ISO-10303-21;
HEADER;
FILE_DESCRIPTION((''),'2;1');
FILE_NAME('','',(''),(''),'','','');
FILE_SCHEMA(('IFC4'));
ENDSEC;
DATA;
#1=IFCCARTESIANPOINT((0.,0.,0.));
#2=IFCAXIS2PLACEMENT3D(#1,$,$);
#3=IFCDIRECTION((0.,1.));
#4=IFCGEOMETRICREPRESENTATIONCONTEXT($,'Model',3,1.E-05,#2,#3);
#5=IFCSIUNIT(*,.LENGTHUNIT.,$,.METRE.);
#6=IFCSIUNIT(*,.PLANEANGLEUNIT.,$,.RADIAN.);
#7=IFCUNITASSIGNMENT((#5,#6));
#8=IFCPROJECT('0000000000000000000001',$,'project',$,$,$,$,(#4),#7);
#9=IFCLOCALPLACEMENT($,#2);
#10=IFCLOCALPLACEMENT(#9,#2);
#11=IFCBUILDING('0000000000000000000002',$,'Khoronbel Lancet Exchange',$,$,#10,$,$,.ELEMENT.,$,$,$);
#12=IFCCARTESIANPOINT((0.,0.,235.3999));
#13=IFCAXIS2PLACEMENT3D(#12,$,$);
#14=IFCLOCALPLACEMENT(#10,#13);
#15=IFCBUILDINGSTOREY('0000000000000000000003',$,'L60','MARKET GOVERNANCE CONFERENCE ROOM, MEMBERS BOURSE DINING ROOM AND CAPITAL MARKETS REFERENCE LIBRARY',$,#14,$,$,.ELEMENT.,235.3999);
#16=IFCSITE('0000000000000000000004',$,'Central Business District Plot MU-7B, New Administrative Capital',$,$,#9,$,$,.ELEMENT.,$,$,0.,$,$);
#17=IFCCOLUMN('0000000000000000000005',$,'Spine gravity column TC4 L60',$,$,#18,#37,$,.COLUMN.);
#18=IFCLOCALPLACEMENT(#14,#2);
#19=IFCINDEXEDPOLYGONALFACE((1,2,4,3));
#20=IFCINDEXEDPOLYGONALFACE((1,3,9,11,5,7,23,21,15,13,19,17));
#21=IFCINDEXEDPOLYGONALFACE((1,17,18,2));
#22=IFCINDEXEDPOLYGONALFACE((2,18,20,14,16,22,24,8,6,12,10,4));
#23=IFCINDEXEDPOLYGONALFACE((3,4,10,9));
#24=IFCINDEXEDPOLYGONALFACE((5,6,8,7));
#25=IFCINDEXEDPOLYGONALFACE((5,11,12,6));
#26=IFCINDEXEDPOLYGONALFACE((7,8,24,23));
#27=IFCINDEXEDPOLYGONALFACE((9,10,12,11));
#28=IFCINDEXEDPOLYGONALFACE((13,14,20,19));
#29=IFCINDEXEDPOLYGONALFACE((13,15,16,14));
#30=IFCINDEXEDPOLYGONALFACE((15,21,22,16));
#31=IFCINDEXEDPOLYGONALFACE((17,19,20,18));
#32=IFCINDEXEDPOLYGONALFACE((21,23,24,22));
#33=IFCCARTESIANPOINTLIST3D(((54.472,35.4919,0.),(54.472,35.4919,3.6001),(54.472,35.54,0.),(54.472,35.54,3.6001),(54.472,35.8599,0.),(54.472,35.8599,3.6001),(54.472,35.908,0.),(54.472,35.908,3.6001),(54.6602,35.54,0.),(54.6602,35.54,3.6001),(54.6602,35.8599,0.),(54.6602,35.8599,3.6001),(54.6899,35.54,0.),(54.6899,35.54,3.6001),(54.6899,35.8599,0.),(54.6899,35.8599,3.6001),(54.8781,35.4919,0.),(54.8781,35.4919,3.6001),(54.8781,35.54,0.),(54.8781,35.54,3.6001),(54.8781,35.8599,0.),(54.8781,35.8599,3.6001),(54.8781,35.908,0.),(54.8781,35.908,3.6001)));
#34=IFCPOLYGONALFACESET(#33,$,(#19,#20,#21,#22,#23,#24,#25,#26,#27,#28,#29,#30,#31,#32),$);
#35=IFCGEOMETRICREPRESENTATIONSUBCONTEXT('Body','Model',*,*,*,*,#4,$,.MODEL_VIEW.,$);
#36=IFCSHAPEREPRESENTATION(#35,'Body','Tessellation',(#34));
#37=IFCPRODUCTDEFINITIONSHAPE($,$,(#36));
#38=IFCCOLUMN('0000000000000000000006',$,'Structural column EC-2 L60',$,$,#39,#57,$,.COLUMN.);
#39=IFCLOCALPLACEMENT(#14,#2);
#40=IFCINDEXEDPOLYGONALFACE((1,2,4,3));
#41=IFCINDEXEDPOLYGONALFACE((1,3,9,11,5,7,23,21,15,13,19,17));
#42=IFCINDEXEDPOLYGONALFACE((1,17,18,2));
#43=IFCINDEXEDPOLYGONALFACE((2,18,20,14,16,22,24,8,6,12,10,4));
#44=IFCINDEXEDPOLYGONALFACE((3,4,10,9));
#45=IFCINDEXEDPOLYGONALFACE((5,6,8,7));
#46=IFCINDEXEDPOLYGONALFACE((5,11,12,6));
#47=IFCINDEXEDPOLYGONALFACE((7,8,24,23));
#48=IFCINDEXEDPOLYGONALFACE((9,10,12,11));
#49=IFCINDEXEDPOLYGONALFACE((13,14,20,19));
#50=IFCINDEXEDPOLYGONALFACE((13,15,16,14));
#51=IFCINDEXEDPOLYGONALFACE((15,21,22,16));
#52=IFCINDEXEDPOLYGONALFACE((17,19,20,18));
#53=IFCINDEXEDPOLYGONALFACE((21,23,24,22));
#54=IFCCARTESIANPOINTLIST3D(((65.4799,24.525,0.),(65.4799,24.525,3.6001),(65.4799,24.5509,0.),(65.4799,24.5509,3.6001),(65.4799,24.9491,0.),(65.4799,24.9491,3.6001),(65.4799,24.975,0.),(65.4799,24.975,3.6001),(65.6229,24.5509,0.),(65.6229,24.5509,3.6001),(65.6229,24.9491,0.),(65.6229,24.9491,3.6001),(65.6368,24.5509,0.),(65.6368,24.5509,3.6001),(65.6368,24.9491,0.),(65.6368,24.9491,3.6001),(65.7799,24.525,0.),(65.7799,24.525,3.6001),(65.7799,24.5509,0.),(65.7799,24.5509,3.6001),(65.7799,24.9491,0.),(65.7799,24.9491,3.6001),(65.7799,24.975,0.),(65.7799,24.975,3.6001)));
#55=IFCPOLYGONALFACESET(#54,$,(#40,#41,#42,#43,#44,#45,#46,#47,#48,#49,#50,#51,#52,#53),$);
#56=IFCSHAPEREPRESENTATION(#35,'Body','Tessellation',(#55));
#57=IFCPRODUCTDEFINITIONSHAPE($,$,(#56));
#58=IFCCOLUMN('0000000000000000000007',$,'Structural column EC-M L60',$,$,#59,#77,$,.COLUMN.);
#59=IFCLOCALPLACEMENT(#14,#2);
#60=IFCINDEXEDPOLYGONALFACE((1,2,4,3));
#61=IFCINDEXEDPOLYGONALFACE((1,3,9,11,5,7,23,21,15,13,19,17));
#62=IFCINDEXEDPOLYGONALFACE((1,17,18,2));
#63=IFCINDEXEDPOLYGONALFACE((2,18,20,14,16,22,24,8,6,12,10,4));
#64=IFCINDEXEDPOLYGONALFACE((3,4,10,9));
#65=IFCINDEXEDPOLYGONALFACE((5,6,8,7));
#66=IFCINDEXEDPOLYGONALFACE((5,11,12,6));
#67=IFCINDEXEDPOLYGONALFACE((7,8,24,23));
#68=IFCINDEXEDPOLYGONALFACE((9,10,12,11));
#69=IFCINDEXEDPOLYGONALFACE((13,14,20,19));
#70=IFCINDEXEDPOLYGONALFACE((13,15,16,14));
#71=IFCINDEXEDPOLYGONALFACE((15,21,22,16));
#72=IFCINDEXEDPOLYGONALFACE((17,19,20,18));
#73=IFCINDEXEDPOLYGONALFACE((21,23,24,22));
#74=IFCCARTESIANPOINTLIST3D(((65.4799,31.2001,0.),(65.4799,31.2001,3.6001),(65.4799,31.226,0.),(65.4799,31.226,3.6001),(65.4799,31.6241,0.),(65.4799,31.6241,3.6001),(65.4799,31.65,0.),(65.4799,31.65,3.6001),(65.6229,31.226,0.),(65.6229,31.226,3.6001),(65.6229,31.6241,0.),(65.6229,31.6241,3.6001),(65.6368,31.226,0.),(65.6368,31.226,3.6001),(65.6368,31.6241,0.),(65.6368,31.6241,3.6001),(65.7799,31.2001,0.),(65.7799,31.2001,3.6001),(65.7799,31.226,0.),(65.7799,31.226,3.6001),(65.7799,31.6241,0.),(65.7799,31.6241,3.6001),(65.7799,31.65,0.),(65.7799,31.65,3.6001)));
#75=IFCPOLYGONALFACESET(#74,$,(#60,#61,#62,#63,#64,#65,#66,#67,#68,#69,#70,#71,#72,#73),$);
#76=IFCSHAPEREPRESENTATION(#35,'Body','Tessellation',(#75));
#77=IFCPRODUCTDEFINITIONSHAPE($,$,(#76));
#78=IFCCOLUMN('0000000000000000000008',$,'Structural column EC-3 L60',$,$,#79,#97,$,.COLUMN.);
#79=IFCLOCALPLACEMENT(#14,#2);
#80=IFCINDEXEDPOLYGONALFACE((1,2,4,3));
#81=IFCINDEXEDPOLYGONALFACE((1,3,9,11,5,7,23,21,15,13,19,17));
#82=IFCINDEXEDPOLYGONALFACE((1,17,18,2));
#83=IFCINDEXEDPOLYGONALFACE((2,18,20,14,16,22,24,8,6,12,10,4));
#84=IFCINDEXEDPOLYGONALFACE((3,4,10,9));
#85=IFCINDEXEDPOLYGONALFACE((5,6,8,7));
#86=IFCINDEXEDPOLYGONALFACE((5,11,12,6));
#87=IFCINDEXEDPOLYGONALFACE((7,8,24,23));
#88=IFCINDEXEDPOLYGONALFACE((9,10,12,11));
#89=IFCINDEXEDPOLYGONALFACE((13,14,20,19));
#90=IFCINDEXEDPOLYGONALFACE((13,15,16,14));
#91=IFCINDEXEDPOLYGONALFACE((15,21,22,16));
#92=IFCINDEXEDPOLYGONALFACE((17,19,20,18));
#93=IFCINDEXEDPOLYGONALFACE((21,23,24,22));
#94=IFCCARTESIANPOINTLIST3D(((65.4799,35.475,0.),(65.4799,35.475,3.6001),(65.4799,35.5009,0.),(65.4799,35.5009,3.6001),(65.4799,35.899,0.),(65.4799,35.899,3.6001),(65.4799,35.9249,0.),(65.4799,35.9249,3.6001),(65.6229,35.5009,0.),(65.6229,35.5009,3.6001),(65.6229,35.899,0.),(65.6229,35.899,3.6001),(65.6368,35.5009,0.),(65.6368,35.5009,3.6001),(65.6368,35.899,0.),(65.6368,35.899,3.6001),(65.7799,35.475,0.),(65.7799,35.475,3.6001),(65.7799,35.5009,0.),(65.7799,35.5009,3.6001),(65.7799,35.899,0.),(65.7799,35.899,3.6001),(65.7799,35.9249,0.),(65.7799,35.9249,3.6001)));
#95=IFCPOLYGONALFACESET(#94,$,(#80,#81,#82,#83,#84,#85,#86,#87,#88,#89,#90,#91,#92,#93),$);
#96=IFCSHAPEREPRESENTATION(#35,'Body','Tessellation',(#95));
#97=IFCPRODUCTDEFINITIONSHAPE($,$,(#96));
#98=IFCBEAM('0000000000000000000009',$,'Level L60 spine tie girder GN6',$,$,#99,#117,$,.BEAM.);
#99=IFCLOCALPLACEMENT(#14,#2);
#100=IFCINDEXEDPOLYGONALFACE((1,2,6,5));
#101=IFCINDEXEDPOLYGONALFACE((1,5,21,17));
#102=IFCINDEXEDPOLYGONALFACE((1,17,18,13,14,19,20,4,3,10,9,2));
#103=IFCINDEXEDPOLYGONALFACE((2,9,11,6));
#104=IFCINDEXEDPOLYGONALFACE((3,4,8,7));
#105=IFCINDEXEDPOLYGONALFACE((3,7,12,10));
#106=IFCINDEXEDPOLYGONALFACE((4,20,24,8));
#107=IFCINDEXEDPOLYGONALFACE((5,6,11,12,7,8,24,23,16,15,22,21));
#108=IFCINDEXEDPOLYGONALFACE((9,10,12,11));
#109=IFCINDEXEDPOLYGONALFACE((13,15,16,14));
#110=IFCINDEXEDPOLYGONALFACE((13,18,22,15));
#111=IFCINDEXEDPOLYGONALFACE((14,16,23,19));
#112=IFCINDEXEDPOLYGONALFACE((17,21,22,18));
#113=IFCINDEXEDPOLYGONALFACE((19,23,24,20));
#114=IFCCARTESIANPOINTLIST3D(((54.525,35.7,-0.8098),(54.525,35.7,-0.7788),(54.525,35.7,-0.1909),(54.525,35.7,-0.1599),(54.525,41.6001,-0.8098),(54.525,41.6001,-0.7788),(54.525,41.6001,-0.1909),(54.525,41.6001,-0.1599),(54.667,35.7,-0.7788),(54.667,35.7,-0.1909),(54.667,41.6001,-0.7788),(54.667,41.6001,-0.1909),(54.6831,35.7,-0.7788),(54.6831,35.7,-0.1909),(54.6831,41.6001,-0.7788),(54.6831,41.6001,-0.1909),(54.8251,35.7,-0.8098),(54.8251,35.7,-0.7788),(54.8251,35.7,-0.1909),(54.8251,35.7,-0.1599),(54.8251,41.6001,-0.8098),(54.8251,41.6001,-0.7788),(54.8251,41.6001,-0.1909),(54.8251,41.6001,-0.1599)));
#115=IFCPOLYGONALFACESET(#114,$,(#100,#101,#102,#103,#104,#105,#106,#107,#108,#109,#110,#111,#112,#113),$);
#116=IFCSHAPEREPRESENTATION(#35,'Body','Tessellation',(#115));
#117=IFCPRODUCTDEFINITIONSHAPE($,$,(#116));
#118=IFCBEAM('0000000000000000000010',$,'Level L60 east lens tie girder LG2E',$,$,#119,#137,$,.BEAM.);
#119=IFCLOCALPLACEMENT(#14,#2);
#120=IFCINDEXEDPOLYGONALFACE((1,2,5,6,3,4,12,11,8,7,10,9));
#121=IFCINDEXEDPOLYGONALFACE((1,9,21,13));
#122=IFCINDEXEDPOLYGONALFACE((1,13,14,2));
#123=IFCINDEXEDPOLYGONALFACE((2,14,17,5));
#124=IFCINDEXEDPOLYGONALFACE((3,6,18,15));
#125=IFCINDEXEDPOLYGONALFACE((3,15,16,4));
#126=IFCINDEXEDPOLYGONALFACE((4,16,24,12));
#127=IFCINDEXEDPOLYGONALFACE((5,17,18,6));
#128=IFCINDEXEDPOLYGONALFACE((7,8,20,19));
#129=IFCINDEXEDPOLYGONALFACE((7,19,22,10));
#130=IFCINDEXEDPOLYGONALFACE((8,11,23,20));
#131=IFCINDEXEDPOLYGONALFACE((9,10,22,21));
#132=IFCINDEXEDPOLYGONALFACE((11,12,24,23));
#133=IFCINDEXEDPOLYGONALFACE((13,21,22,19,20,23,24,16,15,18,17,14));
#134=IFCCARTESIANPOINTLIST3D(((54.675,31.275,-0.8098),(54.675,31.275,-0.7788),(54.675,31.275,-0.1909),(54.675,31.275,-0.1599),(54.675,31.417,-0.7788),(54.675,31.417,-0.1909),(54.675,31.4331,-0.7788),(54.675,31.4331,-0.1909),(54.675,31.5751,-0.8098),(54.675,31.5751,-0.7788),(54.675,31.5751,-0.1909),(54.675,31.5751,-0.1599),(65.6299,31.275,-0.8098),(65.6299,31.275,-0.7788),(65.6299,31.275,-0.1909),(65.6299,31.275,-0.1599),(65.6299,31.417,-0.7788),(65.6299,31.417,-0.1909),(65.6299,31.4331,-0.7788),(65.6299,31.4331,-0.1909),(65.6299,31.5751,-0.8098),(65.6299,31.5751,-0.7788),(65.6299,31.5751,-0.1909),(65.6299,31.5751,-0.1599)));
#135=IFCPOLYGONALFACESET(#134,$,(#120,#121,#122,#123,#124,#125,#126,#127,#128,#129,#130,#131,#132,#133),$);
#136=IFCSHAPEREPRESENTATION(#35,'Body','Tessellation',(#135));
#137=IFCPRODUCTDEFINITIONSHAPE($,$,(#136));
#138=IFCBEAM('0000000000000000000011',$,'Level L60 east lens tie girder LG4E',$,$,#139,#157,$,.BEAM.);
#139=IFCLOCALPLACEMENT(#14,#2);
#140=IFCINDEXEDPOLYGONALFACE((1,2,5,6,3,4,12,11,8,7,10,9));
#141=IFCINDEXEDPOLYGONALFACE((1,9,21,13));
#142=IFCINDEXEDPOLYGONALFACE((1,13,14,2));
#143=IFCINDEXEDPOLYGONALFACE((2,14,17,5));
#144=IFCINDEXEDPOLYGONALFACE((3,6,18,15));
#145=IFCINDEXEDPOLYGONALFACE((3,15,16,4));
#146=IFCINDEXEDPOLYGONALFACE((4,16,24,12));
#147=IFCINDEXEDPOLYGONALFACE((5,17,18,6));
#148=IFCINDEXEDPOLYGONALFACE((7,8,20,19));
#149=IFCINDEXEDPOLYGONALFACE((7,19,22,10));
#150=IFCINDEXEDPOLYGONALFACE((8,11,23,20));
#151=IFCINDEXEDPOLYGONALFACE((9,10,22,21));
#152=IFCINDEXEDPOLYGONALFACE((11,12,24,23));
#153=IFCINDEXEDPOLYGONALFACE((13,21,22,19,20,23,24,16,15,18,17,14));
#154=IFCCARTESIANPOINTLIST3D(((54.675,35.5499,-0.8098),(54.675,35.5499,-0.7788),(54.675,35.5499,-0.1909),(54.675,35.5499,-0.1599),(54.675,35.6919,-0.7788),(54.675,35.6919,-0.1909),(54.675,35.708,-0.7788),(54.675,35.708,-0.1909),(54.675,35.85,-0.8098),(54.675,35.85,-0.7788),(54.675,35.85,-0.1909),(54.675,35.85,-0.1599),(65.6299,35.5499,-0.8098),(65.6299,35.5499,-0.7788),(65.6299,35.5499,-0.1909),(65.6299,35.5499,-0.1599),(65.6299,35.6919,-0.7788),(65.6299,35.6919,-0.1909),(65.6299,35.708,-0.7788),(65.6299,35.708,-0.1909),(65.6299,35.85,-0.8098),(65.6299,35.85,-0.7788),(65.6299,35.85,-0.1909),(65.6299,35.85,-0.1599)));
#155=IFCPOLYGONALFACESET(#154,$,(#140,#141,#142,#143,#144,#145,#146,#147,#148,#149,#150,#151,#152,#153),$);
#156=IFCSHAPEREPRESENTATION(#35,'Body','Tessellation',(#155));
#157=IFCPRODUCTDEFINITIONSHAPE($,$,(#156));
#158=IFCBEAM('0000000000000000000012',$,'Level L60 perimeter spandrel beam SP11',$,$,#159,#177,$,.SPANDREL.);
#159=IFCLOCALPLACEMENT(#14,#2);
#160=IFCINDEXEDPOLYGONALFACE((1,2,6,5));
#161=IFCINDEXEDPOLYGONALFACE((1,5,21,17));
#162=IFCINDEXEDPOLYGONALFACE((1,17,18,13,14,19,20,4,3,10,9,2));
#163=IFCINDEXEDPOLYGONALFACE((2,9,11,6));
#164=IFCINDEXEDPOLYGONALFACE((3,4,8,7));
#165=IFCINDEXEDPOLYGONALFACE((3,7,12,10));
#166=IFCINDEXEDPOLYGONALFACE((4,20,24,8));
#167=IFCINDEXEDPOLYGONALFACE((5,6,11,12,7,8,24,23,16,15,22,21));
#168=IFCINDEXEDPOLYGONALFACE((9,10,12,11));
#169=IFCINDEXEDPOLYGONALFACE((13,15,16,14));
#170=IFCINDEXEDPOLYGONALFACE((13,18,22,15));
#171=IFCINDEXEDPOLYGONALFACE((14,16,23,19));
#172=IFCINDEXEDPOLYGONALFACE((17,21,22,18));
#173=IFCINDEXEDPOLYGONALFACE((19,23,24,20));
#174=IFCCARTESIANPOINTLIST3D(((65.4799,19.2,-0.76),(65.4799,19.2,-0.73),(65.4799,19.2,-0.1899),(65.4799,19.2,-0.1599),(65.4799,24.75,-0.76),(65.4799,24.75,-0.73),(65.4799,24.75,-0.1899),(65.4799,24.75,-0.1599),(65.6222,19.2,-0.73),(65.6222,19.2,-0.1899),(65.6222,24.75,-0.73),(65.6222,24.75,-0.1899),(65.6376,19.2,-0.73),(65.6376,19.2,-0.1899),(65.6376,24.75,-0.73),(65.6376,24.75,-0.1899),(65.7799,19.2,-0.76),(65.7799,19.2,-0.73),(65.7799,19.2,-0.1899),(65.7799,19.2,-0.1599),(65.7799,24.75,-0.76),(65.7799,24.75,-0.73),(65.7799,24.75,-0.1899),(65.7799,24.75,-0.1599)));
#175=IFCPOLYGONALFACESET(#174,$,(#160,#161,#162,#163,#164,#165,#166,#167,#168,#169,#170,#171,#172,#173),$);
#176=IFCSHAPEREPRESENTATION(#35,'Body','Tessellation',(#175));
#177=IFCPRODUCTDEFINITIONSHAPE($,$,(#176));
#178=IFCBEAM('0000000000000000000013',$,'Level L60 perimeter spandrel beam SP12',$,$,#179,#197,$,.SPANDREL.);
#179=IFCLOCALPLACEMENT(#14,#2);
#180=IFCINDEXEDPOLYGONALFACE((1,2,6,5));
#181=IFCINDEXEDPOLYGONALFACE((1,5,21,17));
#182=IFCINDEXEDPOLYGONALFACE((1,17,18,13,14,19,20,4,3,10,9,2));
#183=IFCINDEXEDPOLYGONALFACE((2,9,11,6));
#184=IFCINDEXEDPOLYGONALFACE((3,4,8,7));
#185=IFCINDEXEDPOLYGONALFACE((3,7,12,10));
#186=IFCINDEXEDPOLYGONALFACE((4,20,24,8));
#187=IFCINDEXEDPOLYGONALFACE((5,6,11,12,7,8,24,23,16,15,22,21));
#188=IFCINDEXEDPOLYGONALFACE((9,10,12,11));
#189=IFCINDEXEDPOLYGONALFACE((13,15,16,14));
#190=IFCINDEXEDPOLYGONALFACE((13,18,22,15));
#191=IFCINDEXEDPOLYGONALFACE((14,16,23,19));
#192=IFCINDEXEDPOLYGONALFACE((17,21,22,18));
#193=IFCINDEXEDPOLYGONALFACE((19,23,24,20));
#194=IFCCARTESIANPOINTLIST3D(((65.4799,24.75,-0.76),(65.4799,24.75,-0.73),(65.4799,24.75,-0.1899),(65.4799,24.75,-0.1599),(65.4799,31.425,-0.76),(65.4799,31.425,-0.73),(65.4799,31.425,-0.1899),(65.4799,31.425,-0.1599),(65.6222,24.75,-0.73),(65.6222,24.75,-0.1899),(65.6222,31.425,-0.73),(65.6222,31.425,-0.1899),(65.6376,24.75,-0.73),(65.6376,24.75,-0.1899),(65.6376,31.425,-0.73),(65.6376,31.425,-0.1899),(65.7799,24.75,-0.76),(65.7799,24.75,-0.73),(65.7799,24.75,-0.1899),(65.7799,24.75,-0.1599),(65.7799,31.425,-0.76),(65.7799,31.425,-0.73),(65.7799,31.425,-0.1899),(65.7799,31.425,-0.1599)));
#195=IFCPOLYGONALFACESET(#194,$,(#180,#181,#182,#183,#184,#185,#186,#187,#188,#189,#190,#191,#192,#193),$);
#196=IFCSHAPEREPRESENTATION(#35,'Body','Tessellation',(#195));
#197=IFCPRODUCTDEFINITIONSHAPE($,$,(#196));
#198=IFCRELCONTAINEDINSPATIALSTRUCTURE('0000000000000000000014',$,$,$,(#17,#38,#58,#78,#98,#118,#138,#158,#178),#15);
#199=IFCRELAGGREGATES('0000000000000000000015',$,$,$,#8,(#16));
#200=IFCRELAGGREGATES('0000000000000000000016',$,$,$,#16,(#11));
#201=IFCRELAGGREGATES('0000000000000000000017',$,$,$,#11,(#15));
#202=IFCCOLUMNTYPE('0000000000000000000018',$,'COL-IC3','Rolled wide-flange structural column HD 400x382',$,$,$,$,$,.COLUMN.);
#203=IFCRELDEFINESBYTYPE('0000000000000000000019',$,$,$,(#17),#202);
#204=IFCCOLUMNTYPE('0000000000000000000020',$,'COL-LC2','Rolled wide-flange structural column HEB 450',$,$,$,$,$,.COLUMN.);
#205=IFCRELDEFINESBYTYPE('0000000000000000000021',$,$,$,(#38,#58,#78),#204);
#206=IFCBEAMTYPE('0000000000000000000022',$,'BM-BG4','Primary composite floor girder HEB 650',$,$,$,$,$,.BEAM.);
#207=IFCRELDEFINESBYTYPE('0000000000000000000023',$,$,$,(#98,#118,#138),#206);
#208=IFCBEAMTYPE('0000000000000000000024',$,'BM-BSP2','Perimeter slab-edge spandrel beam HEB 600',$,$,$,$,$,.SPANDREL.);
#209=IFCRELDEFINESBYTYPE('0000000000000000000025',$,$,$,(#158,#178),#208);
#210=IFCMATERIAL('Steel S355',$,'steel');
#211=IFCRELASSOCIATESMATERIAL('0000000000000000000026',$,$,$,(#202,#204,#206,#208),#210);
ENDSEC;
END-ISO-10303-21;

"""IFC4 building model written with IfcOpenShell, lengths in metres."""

from ifc_helpers import new_model, si_unit, direction, frame, origin, origin_2d, place, context, subcontext, project, spatial, i_section, extrude, material, material_profile, profile_set, type_object, element, save


model = new_model("IFC4")

# Units and contexts
model_context = context("Model", 3, precision=1e-05, world=origin(), true_north=direction((0.0, 1.0)))
body_context = subcontext(model_context, "Body", "Model", "MODEL_VIEW")
ifc_project = project(units=[si_unit("LENGTHUNIT", "METRE"), si_unit("PLANEANGLEUNIT", "RADIAN")], contexts=[model_context])

# Site, building, storey
site_placement = place(None, origin())
site = spatial("IfcSite", under=ifc_project, at=site_placement, Name="Central Business District Plot MU-7B, New Administrative Capital", CompositionType="ELEMENT", RefElevation=0.0)
building_placement = place(site_placement, origin())
building = spatial("IfcBuilding", under=site, at=building_placement, Name="Khoronbel Lancet Exchange", CompositionType="ELEMENT")
storey_placement = place(building_placement, frame((0.0, 0.0, 235.3999)))
storey = spatial("IfcBuildingStorey", under=building, at=storey_placement, Name="L60", Description="MARKET GOVERNANCE CONFERENCE ROOM, MEMBERS BOURSE DINING ROOM AND CAPITAL MARKETS REFERENCE LIBRARY", CompositionType="ELEMENT", Elevation=235.3999)

# Columns
ifc_material_1 = material(Name="Steel S355", Category="steel")
ifc_material_profile_1 = material_profile(ifc_material_1, i_section(OverallWidth=0.406, OverallDepth=0.416, WebThickness=0.0298, FlangeThickness=0.0481, at=origin_2d()), Name="HD 400x382")
ifc_profile_set_1 = profile_set([ifc_material_profile_1], Name="Steel S355")
column_type_1 = type_object("IfcColumnType", Name="COL-IC3", Description="Rolled wide-flange structural column HD 400x382", PredefinedType="COLUMN", material=ifc_profile_set_1)
column_placement = place(storey_placement, frame((54.675, 35.7, 0.0), z_axis=(0.0, 0.0, 1.0), x_axis=(1.0, 0.0, 0.0)))
element("IfcColumn", 1, at=column_placement, inside=storey, type_object=column_type_1, Name="Spine gravity column TC4 L60", PredefinedType="COLUMN", context=body_context, shape_type="SweptSolid", body=[
    extrude(i_section(OverallWidth=0.406, OverallDepth=0.416, WebThickness=0.0298, FlangeThickness=0.0481, at=origin_2d()), origin(), (0.0, 0.0, 1.0), 3.6001),
])
ifc_material_profile_2 = material_profile(ifc_material_1, i_section(OverallWidth=0.3, OverallDepth=0.45, WebThickness=0.0139, FlangeThickness=0.0259, at=origin_2d()), Name="HEB 450")
ifc_profile_set_2 = profile_set([ifc_material_profile_2], Name="Steel S355")
column_type_2 = type_object("IfcColumnType", Name="COL-LC2", Description="Rolled wide-flange structural column HEB 450", PredefinedType="COLUMN", material=ifc_profile_set_2)
for number, where, z_axis, x_axis, name in (
    (2, (65.6299, 24.75, 0.0), (0.0, 0.0, 1.0), (1.0, 0.0, 0.0), "Structural column EC-2 L60"),
    (3, (65.6299, 31.425, 0.0), (0.0, 0.0, 1.0), (1.0, 0.0, 0.0), "Structural column EC-M L60"),
    (4, (65.6299, 35.7, 0.0), (0.0, 0.0, 1.0), (1.0, 0.0, 0.0), "Structural column EC-3 L60"),
):
    element("IfcColumn", number, at=place(storey_placement, frame(where, z_axis=z_axis, x_axis=x_axis)), inside=storey, type_object=column_type_2, Name=name, PredefinedType="COLUMN", context=body_context, shape_type="SweptSolid", body=[
        extrude(i_section(OverallWidth=0.3, OverallDepth=0.45, WebThickness=0.0139, FlangeThickness=0.0259, at=origin_2d()), origin(), (0.0, 0.0, 1.0), 3.6001),
    ])

# Beams
ifc_material_profile_3 = material_profile(ifc_material_1, i_section(OverallWidth=0.3, OverallDepth=0.6499, WebThickness=0.0161, FlangeThickness=0.031, at=origin_2d()), Name="HEB 650")
ifc_profile_set_3 = profile_set([ifc_material_profile_3], Name="Steel S355")
beam_type_1 = type_object("IfcBeamType", Name="BM-BG4", Description="Primary composite floor girder HEB 650", PredefinedType="BEAM", material=ifc_profile_set_3)
beam_1_placement = place(storey_placement, frame((54.675, 35.7, -0.4849), z_axis=(0.0, 1.0, 0.0), x_axis=(-1.0, 0.0, 0.0)))
element("IfcBeam", 5, at=beam_1_placement, inside=storey, type_object=beam_type_1, Name="Level L60 spine tie girder GN6", PredefinedType="BEAM", context=body_context, shape_type="SweptSolid", body=[
    extrude(i_section(OverallWidth=0.3, OverallDepth=0.6499, WebThickness=0.0161, FlangeThickness=0.031, at=origin_2d()), origin(), (0.0, 0.0, 1.0), 5.9001),
])
for number, where, z_axis, x_axis, name in (
    (6, (54.675, 31.425, -0.4849), (1.0, 0.0, 0.0), (0.0, 1.0, 0.0), "Level L60 east lens tie girder LG2E"),
    (7, (54.675, 35.7, -0.4849), (1.0, 0.0, 0.0), (0.0, 1.0, 0.0), "Level L60 east lens tie girder LG4E"),
):
    element("IfcBeam", number, at=place(storey_placement, frame(where, z_axis=z_axis, x_axis=x_axis)), inside=storey, type_object=beam_type_1, Name=name, PredefinedType="BEAM", context=body_context, shape_type="SweptSolid", body=[
        extrude(i_section(OverallWidth=0.3, OverallDepth=0.6499, WebThickness=0.0161, FlangeThickness=0.031, at=origin_2d()), origin(), (0.0, 0.0, 1.0), 10.9548),
    ])
ifc_material_profile_4 = material_profile(ifc_material_1, i_section(OverallWidth=0.3, OverallDepth=0.6001, WebThickness=0.0154, FlangeThickness=0.03, at=origin_2d()), Name="HEB 600")
ifc_profile_set_4 = profile_set([ifc_material_profile_4], Name="Steel S355")
beam_type_2 = type_object("IfcBeamType", Name="BM-BSP2", Description="Perimeter slab-edge spandrel beam HEB 600", PredefinedType="SPANDREL", material=ifc_profile_set_4)
beam_2_placement = place(storey_placement, frame((65.6299, 19.2, -0.46), z_axis=(0.0, 1.0, 0.0), x_axis=(-1.0, 0.0, 0.0)))
element("IfcBeam", 8, at=beam_2_placement, inside=storey, type_object=beam_type_2, Name="Level L60 perimeter spandrel beam SP11", PredefinedType="SPANDREL", context=body_context, shape_type="SweptSolid", body=[
    extrude(i_section(OverallWidth=0.3, OverallDepth=0.6001, WebThickness=0.0154, FlangeThickness=0.03, at=origin_2d()), origin(), (0.0, 0.0, 1.0), 5.55),
])
beam_3_placement = place(storey_placement, frame((65.6299, 24.75, -0.46), z_axis=(0.0, 1.0, 0.0), x_axis=(-1.0, 0.0, 0.0)))
element("IfcBeam", 9, at=beam_3_placement, inside=storey, type_object=beam_type_2, Name="Level L60 perimeter spandrel beam SP12", PredefinedType="SPANDREL", context=body_context, shape_type="SweptSolid", body=[
    extrude(i_section(OverallWidth=0.3, OverallDepth=0.6001, WebThickness=0.0154, FlangeThickness=0.03, at=origin_2d()), origin(), (0.0, 0.0, 1.0), 6.675),
])

save(model, "model.ifc")
